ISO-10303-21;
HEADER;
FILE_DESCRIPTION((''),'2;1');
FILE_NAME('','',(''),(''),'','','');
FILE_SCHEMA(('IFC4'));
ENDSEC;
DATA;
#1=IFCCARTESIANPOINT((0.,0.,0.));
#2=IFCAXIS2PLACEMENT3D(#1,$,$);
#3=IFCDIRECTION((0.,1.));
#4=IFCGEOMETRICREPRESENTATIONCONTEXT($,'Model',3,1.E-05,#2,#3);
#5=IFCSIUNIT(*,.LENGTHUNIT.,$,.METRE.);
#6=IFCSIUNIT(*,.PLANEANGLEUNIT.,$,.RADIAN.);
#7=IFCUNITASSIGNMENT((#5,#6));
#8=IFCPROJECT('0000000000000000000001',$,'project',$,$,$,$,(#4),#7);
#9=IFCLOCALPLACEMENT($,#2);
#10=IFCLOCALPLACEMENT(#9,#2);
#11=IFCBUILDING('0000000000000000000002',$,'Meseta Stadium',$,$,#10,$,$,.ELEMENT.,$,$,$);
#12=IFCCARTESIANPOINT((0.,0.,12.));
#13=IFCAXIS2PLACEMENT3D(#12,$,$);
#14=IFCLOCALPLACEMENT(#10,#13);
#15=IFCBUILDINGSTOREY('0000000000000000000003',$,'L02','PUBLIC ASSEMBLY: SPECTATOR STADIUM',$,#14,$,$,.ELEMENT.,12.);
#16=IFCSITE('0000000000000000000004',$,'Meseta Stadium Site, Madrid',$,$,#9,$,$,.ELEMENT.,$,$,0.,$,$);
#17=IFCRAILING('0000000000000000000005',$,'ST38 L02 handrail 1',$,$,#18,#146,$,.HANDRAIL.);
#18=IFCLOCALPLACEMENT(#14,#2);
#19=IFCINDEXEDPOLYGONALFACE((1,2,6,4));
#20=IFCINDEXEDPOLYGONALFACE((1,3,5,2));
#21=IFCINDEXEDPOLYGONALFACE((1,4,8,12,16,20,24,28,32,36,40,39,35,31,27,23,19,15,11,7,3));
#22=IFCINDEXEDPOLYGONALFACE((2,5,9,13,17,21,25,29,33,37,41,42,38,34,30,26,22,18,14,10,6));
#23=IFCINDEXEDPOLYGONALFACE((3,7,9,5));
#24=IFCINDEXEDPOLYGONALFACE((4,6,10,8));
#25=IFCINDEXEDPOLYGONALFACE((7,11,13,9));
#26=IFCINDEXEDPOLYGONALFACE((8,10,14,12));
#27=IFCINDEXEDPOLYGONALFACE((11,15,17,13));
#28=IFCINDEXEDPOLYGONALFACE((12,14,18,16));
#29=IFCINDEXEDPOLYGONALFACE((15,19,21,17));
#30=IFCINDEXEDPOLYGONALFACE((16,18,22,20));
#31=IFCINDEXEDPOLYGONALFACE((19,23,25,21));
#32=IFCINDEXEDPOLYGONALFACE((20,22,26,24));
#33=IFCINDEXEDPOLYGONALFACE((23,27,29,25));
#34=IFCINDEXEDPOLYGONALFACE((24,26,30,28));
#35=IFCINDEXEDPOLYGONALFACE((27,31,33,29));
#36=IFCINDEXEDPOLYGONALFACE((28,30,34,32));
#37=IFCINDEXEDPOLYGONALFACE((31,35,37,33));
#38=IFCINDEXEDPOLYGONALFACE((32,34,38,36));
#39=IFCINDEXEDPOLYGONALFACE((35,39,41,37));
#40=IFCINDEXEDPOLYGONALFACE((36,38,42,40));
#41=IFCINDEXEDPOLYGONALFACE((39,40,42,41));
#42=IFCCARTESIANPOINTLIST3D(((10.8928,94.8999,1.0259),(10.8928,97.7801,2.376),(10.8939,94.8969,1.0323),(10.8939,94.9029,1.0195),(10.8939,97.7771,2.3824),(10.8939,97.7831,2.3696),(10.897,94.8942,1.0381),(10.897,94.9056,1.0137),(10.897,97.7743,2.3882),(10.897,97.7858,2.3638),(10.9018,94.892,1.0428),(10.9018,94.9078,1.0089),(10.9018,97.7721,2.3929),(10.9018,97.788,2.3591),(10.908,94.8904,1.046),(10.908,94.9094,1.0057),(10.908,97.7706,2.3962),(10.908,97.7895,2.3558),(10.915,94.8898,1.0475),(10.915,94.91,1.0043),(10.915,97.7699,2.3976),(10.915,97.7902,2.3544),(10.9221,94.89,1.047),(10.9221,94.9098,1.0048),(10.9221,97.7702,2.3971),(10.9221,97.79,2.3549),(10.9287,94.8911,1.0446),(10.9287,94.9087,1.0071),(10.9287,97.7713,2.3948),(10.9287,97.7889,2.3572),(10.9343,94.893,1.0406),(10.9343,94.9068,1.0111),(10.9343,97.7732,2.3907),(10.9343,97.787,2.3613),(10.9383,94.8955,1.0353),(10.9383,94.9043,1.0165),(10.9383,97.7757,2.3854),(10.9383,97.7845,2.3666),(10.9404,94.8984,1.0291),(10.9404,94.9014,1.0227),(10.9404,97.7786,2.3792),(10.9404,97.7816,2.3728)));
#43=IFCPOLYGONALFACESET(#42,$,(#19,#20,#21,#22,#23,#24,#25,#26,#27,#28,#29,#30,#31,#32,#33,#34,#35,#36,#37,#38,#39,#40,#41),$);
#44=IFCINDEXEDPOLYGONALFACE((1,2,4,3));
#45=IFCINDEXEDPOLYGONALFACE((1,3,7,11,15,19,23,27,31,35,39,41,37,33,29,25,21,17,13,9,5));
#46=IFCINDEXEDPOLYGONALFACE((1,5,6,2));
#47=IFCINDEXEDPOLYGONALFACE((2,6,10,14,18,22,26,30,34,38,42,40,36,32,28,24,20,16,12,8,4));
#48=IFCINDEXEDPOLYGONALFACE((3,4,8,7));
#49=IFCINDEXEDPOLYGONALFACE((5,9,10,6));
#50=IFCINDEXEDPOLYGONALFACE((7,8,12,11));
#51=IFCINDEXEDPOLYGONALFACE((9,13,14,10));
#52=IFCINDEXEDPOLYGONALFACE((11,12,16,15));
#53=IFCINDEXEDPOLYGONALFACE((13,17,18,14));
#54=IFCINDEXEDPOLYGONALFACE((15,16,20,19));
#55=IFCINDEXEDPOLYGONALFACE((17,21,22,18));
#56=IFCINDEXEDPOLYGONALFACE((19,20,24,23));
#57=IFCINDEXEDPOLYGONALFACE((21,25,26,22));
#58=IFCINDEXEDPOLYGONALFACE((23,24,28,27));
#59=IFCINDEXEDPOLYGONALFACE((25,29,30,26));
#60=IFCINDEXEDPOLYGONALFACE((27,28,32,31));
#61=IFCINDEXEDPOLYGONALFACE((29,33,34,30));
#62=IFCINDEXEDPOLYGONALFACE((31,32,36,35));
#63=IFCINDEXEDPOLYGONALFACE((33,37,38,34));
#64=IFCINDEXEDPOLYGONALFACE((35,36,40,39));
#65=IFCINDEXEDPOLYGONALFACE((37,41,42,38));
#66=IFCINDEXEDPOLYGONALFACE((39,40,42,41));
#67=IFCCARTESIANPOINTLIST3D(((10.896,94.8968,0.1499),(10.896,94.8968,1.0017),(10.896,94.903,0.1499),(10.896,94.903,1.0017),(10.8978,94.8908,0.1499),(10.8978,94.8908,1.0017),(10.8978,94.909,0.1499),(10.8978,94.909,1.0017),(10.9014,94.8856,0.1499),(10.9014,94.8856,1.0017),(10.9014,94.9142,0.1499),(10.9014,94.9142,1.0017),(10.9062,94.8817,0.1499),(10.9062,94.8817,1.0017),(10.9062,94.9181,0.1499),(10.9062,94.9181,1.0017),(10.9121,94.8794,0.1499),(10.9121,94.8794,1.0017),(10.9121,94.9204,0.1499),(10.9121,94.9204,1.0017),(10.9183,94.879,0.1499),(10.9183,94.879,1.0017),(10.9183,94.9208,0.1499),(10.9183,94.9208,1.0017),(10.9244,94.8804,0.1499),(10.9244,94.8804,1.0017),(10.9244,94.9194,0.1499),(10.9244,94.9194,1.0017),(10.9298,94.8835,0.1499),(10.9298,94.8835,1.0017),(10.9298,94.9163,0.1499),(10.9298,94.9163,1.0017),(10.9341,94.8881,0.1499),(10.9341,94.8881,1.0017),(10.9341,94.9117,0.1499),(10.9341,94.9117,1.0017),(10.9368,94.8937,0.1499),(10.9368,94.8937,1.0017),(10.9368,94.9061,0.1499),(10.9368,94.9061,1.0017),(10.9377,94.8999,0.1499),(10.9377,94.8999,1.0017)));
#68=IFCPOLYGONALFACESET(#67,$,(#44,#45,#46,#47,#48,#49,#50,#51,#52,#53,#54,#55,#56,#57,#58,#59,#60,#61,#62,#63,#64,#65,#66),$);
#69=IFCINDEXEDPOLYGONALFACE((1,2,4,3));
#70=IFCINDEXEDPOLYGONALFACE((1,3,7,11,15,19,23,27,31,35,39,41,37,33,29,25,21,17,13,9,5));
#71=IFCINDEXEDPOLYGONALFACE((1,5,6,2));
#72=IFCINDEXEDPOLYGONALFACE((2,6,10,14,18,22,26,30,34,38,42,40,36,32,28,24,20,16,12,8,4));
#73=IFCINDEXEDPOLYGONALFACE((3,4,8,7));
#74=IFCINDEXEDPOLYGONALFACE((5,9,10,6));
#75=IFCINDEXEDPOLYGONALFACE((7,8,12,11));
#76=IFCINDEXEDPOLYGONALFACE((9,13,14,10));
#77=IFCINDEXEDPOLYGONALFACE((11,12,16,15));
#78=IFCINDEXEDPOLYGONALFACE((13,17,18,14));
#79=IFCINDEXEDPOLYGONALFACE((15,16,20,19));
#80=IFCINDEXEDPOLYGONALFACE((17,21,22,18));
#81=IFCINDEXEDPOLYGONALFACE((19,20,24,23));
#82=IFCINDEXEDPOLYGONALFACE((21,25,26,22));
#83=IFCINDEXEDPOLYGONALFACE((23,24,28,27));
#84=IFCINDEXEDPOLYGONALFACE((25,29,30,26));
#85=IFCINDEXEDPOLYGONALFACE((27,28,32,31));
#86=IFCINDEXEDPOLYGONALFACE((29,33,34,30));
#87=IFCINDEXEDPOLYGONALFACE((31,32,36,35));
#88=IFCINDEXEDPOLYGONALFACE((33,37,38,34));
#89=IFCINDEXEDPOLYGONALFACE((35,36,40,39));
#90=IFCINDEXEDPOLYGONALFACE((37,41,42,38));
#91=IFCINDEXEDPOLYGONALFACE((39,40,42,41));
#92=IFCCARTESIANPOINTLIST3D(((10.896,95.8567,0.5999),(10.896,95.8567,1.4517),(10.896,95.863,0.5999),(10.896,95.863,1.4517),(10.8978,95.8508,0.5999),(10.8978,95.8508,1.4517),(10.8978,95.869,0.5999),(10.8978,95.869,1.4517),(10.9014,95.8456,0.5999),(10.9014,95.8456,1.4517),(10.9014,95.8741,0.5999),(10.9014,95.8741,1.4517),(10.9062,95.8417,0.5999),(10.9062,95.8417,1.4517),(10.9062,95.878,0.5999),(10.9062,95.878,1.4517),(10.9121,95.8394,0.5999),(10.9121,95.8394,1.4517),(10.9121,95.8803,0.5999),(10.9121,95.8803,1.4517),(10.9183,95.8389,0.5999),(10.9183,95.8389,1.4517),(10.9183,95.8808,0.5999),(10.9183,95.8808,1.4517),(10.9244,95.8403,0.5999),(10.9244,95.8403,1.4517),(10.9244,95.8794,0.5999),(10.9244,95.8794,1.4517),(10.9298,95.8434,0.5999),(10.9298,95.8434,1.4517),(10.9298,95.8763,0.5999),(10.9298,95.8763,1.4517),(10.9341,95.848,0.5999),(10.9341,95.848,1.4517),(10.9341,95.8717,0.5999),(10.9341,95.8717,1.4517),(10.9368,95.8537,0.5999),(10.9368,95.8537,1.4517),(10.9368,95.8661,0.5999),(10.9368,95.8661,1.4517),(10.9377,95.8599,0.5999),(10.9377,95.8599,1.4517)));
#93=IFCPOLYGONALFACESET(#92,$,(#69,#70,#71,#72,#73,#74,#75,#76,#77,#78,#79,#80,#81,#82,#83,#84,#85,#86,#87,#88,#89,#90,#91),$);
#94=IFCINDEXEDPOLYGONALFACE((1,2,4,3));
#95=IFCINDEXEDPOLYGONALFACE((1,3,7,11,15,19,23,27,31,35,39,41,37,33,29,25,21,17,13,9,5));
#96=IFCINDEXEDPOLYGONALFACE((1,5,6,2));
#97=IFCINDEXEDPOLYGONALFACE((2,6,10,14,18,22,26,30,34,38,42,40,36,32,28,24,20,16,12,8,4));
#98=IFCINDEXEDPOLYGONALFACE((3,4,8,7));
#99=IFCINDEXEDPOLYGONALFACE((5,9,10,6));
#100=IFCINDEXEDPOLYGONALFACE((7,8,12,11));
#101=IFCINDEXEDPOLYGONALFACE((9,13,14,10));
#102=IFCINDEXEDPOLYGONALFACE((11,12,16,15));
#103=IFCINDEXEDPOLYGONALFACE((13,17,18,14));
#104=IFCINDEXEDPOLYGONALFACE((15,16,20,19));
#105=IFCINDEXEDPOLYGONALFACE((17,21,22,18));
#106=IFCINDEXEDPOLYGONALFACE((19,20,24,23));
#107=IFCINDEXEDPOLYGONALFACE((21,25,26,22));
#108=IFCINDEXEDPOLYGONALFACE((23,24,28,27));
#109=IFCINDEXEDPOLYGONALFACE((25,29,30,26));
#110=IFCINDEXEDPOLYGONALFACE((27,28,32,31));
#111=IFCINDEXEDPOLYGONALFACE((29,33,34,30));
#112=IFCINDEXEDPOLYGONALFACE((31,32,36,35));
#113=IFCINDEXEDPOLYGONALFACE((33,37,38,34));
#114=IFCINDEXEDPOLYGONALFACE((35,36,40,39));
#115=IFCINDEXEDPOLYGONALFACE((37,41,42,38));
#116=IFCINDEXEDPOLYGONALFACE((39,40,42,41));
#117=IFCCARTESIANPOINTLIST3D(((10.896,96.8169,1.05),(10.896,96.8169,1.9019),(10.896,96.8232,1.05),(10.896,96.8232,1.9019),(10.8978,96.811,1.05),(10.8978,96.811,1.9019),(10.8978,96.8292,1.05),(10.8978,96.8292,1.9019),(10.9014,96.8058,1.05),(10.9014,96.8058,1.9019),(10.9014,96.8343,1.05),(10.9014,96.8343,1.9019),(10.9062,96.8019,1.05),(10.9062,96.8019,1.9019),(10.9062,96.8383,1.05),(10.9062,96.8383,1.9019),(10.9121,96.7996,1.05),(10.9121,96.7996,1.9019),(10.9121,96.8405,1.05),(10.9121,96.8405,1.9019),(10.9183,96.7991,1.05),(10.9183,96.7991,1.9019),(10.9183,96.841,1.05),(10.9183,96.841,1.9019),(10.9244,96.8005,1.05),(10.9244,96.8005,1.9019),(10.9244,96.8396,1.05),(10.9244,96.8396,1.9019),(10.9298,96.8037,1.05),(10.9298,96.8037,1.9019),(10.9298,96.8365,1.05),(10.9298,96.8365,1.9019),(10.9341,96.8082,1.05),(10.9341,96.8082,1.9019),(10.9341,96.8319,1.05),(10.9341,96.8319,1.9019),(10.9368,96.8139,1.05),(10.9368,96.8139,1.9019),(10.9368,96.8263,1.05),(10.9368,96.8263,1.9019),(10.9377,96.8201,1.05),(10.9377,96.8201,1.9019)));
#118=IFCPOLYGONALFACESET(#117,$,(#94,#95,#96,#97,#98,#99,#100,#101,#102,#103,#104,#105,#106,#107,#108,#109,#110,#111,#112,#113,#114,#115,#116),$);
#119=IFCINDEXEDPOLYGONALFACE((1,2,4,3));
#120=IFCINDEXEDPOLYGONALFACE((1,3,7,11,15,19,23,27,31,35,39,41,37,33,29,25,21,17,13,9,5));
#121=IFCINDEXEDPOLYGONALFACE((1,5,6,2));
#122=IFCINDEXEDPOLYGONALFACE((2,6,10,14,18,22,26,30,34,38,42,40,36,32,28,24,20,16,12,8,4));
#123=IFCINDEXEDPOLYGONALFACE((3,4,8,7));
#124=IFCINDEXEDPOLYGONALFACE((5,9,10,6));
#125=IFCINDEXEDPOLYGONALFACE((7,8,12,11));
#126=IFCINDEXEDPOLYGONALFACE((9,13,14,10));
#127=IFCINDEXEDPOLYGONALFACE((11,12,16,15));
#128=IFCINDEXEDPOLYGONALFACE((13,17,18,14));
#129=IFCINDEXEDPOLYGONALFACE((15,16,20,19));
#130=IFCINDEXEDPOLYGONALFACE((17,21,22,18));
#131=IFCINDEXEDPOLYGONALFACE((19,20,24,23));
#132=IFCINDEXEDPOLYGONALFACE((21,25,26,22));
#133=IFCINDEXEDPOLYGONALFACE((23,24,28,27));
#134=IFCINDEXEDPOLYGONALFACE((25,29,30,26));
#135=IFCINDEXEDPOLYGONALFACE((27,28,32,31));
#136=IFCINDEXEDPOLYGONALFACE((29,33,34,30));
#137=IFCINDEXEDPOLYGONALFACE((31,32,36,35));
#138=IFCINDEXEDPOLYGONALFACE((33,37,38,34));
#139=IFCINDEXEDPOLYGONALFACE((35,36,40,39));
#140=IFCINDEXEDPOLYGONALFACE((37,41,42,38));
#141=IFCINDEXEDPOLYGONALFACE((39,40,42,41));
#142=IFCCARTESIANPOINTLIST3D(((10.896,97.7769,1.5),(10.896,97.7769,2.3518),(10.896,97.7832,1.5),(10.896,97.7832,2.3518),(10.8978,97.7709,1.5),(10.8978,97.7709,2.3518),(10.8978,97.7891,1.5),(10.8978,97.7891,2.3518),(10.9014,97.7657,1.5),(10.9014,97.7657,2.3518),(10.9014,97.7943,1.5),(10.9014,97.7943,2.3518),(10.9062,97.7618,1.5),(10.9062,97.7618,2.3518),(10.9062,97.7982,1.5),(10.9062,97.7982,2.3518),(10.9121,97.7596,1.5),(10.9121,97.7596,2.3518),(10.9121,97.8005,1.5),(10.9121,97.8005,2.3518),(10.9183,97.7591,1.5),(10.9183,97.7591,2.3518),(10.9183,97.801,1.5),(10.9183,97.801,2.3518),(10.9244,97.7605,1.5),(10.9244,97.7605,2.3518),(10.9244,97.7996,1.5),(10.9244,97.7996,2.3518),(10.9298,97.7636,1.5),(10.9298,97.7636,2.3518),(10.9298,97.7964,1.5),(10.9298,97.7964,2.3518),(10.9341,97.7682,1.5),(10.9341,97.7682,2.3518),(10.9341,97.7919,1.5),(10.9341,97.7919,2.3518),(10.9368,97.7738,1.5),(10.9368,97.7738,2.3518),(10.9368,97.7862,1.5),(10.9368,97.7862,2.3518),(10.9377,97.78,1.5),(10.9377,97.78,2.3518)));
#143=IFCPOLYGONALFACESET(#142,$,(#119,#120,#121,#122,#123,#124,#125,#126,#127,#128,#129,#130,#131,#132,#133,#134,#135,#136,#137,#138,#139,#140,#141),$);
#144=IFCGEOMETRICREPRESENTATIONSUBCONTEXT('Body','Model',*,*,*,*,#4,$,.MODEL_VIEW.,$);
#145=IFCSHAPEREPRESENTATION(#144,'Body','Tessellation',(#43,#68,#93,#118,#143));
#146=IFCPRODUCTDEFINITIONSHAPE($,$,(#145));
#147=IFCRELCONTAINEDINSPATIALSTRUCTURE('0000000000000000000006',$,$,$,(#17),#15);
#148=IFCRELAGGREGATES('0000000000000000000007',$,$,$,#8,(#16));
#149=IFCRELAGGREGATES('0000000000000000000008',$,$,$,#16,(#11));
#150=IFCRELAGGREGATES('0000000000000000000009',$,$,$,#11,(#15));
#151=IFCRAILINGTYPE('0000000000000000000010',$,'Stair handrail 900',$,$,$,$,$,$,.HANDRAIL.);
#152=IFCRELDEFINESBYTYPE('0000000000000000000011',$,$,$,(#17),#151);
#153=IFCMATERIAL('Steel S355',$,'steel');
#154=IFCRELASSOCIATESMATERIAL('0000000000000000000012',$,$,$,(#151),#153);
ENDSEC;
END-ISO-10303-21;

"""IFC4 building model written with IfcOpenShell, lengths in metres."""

from ifc_helpers import new_model, si_unit, direction, frame, origin, origin_2d, place, context, subcontext, project, spatial, circle, extrude, material, type_object, element, save


model = new_model("IFC4")

# Units and contexts
model_context = context("Model", 3, precision=1e-05, world=origin(), true_north=direction((0.0, 1.0)))
body_context = subcontext(model_context, "Body", "Model", "MODEL_VIEW")
ifc_project = project(units=[si_unit("LENGTHUNIT", "METRE"), si_unit("PLANEANGLEUNIT", "RADIAN")], contexts=[model_context])

# Site, building, storey
site_placement = place(None, origin())
site = spatial("IfcSite", under=ifc_project, at=site_placement, Name="Meseta Stadium Site, Madrid", CompositionType="ELEMENT", RefElevation=0.0)
building_placement = place(site_placement, origin())
building = spatial("IfcBuilding", under=site, at=building_placement, Name="Meseta Stadium", CompositionType="ELEMENT")
storey_placement = place(building_placement, frame((0.0, 0.0, 12.0)))
storey = spatial("IfcBuildingStorey", under=building, at=storey_placement, Name="L02", Description="PUBLIC ASSEMBLY: SPECTATOR STADIUM", CompositionType="ELEMENT", Elevation=12.0)

# Railing
ifc_material_1 = material(Name="Steel S355", Category="steel")
railing_type_1 = type_object("IfcRailingType", Name="Stair handrail 900", PredefinedType="HANDRAIL", material=ifc_material_1)
for number, where, name in (
    (1, (10.9167, 94.8999, 0.1499), "ST38 L02 handrail 1"),
):
    element("IfcRailing", number, at=place(storey_placement, frame(where)), inside=storey, type_object=railing_type_1, Name=name, PredefinedType="HANDRAIL", context=body_context, shape_type="SweptSolid", body=[
        extrude(circle(Radius=0.0239, at=origin_2d()), frame((0.0, 0.0, 0.876), z_axis=(0.0, 0.905454, 0.424444), x_axis=(-1.0, 0.0, 0.0)), (0.0, 0.0, 1.0), 3.1809),
        extrude(circle(Radius=0.021, at=origin_2d()), origin(), (0.0, 0.0, 1.0), 0.8518),
        extrude(circle(Radius=0.021, at=origin_2d()), frame((0.0, 0.96, 0.45)), (0.0, 0.0, 1.0), 0.8518),
        extrude(circle(Radius=0.021, at=origin_2d()), frame((0.0, 1.9202, 0.9001)), (0.0, 0.0, 1.0), 0.8518),
        extrude(circle(Radius=0.021, at=origin_2d()), frame((0.0, 2.8801, 1.3501)), (0.0, 0.0, 1.0), 0.8518),
    ])

save(model, "model.ifc")
